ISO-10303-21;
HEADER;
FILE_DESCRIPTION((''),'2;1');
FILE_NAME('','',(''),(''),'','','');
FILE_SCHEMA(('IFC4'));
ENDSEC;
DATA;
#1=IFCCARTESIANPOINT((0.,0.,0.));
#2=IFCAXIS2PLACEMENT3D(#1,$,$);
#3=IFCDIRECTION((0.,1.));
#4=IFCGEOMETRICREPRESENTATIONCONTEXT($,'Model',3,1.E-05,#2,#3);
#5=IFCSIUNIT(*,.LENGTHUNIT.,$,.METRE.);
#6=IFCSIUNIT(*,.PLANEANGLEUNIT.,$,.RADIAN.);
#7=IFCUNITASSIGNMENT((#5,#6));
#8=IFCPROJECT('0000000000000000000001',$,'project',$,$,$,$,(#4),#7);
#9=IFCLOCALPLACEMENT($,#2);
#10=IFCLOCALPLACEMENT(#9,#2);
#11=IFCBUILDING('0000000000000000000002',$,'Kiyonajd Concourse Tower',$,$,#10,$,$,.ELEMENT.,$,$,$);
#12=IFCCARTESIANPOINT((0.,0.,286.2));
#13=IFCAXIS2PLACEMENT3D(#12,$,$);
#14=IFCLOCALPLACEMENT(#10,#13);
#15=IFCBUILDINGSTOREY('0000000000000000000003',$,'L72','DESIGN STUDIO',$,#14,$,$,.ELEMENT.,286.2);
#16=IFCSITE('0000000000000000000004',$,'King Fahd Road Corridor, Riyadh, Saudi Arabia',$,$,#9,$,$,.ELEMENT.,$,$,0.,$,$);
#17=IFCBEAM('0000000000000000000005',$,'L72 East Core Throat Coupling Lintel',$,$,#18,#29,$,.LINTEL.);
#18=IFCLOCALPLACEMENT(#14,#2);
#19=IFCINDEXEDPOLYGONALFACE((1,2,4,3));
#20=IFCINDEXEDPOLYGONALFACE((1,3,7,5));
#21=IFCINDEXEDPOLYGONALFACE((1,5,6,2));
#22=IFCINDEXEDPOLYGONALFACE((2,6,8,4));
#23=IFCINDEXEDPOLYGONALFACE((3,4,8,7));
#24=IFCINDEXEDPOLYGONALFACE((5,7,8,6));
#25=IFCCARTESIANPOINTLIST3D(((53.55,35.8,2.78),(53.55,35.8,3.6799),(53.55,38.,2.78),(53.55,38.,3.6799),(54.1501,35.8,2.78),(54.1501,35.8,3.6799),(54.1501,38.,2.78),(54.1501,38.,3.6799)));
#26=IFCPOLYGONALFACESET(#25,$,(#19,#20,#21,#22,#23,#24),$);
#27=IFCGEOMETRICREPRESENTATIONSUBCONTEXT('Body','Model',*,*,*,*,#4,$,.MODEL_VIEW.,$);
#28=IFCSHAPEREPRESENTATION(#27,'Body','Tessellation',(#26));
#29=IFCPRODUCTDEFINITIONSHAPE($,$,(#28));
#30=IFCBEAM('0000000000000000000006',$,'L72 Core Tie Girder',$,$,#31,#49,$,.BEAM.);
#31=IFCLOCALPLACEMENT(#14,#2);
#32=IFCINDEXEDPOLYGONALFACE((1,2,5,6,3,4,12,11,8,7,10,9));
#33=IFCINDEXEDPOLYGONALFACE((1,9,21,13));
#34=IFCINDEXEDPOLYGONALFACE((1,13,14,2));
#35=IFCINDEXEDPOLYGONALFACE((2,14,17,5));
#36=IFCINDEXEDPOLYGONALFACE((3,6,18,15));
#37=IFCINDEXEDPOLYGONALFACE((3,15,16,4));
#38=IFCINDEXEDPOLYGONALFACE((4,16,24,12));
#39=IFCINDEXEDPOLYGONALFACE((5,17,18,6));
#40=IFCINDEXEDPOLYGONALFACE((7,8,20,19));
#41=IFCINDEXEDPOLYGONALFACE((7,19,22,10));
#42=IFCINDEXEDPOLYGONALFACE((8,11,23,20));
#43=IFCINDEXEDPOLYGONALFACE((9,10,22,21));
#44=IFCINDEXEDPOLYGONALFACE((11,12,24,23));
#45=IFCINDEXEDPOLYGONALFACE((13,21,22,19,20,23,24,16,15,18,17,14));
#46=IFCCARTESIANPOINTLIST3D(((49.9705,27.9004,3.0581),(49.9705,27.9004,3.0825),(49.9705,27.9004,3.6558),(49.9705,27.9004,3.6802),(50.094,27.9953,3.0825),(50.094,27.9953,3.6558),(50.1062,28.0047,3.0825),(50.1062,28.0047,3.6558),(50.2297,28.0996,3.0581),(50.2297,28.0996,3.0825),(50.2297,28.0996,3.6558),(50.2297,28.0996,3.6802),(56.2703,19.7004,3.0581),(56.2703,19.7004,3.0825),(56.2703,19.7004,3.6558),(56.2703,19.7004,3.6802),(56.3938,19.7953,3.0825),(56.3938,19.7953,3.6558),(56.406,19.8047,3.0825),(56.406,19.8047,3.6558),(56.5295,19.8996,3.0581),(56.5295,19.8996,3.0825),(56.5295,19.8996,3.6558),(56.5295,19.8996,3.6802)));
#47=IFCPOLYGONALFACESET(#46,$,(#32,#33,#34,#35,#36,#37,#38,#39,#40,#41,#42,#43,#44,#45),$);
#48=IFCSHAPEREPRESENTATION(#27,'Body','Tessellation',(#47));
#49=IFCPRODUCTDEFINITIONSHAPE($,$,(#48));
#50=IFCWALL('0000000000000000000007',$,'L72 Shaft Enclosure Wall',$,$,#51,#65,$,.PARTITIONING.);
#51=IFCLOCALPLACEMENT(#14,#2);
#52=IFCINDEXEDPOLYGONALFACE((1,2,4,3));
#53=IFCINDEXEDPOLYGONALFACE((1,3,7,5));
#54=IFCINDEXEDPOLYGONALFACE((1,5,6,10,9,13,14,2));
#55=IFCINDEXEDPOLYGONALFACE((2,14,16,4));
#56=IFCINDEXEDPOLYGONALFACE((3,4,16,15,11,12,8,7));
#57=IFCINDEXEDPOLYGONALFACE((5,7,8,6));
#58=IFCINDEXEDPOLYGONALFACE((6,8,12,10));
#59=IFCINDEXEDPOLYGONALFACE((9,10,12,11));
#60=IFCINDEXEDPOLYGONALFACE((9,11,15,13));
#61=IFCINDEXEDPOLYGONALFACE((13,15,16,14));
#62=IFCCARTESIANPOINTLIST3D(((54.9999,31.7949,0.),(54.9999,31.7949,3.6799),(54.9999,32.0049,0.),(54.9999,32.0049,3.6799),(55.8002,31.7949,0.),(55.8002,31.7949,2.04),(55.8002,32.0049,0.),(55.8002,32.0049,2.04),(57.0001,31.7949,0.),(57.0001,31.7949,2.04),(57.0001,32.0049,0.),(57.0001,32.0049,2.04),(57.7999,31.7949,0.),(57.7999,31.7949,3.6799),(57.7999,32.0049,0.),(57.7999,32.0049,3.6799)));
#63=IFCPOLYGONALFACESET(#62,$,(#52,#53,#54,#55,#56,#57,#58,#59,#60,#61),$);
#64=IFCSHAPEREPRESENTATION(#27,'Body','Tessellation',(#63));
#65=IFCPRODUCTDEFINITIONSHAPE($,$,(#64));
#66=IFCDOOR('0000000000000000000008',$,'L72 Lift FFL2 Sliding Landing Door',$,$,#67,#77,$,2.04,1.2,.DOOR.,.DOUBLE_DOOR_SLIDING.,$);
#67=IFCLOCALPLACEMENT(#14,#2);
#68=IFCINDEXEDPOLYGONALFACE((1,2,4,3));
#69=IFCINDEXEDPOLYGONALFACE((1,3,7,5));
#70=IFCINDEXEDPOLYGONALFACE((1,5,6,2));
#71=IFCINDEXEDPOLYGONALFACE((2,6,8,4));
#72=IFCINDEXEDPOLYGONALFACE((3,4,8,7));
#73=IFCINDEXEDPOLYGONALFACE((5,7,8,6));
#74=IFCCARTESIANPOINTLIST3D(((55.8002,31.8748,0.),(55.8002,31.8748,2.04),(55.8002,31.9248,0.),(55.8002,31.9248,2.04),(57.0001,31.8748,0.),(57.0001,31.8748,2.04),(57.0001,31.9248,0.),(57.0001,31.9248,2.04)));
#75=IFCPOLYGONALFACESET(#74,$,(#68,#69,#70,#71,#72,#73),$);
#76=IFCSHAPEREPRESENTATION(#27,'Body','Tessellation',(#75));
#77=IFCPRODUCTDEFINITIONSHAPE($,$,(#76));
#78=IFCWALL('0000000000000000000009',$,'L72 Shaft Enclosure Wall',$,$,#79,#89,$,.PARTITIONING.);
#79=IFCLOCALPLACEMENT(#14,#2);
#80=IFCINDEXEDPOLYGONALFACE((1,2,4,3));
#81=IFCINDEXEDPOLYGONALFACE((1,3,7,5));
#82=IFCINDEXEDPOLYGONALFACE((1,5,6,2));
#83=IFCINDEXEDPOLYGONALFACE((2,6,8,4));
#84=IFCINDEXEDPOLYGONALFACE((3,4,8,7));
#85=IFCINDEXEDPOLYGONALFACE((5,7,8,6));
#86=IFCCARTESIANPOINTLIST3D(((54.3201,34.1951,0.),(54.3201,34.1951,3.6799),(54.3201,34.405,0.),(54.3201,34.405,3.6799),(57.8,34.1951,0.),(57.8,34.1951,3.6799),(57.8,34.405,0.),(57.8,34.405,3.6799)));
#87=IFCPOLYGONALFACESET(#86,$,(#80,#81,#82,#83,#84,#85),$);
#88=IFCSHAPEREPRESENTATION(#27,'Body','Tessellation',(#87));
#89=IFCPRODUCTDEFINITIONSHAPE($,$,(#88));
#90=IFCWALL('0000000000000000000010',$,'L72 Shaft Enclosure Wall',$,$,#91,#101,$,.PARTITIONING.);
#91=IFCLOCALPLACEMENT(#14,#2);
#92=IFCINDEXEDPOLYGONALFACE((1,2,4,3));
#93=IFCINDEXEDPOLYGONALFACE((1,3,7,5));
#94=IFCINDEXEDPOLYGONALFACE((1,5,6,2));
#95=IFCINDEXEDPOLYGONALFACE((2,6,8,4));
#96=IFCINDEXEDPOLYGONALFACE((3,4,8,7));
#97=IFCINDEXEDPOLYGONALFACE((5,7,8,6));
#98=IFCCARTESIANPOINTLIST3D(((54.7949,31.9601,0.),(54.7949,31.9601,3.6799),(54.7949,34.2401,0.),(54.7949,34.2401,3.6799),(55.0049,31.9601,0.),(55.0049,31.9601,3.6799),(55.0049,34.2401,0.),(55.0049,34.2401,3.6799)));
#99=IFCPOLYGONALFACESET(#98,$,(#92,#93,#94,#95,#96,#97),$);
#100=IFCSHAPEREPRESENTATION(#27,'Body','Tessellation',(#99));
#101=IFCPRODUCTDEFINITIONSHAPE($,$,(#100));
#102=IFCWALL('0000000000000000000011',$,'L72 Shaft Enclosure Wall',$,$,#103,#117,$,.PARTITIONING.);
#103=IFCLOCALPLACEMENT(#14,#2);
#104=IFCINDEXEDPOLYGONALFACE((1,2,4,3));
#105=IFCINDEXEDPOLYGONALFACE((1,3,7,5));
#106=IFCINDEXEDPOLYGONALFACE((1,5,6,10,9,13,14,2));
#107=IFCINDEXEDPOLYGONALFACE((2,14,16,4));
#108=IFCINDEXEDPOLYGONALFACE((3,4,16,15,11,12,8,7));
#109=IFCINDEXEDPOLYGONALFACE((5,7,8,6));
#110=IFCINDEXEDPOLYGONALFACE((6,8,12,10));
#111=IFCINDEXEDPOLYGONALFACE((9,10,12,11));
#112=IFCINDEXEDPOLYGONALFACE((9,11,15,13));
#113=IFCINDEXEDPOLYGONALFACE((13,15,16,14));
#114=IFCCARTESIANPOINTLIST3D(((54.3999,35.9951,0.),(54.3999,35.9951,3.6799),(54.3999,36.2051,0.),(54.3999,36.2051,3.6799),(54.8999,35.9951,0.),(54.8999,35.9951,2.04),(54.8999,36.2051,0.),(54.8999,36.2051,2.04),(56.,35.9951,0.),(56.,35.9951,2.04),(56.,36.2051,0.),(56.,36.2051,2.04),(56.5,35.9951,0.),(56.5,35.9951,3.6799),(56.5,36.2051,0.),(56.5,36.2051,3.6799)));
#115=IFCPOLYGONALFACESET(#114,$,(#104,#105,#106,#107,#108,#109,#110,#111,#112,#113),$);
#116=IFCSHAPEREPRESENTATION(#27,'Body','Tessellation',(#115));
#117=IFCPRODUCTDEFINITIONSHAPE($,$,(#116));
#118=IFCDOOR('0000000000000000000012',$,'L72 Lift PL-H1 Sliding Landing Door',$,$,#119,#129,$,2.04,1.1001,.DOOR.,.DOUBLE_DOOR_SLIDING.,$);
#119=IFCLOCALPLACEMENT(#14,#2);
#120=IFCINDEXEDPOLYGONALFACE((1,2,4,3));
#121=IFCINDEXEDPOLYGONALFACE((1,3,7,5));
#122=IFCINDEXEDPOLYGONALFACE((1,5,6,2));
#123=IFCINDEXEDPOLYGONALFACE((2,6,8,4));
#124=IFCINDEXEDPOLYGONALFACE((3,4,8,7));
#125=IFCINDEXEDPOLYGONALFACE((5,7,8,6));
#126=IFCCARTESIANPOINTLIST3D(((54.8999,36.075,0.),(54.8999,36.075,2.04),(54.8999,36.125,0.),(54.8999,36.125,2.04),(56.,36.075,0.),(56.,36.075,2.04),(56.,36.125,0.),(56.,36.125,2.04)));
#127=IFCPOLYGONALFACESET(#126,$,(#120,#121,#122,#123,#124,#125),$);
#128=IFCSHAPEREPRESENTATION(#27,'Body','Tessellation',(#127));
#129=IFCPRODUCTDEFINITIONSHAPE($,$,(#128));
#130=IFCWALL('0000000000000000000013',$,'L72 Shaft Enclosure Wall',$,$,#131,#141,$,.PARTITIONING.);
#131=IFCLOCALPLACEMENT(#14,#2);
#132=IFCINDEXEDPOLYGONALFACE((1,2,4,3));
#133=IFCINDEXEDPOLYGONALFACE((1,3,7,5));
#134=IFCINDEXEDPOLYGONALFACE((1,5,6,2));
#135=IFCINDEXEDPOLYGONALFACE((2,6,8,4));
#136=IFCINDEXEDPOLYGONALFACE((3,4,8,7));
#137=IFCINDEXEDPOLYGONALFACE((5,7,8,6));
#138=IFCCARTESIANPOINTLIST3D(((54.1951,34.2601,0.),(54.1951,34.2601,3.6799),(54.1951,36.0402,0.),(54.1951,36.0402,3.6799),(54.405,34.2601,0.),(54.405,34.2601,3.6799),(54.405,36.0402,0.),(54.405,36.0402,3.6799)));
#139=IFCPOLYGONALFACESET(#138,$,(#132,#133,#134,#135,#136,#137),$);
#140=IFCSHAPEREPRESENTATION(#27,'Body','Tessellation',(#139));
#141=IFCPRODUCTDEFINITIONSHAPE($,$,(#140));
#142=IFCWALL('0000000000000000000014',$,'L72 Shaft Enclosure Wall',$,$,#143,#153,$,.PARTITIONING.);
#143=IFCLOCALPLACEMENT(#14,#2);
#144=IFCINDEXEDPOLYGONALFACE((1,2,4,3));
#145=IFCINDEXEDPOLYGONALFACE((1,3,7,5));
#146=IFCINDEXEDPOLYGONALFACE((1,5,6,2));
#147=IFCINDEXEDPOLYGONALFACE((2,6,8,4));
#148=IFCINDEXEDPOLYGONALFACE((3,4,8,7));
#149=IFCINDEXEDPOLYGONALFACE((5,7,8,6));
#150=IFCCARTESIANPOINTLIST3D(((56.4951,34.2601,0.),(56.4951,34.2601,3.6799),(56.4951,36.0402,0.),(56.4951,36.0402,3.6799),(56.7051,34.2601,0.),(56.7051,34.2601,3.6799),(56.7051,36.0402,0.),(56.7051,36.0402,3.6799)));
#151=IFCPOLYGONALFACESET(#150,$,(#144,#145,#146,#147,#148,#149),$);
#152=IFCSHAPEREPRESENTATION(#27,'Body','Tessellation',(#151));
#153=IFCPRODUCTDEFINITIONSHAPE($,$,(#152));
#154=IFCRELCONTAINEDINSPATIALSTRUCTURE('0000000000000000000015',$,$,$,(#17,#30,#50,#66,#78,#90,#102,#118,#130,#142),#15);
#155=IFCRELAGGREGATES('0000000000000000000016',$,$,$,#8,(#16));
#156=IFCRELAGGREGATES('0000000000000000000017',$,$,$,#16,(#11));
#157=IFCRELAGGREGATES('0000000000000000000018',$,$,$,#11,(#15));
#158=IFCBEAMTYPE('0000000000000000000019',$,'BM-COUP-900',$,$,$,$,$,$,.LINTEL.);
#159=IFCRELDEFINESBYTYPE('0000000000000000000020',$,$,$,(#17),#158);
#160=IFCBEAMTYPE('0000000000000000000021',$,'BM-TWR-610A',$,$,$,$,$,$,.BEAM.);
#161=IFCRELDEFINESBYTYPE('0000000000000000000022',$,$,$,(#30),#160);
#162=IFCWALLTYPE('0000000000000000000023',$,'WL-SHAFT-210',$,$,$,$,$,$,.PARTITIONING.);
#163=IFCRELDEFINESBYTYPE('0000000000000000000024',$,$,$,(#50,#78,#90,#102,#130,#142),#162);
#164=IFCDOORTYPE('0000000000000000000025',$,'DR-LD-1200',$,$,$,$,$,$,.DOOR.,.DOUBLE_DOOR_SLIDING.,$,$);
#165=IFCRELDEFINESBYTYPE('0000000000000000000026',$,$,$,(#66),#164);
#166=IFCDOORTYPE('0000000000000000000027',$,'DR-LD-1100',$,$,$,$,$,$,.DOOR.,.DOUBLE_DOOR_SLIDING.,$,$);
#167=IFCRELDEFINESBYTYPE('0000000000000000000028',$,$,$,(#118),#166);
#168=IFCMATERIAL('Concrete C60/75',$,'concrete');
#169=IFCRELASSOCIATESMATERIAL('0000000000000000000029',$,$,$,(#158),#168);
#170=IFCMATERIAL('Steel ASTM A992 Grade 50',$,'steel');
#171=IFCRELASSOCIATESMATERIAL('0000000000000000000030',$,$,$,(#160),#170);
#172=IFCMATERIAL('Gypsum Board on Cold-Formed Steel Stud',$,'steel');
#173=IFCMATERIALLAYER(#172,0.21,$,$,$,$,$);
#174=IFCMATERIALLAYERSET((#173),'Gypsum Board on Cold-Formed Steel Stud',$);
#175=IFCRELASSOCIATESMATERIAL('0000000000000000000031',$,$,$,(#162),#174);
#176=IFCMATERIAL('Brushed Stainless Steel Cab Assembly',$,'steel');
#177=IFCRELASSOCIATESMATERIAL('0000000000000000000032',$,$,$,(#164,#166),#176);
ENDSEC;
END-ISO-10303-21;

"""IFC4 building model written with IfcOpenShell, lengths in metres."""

from ifc_helpers import new_model, si_unit, direction, frame, frame_2d, origin, origin_2d, place, context, subcontext, project, spatial, rectangle, i_section, extrude, material, layer, layer_set, material_profile, profile_set, type_object, element, fill, save


model = new_model("IFC4")

# Units and contexts
model_context = context("Model", 3, precision=1e-05, world=origin(), true_north=direction((0.0, 1.0)))
body_context = subcontext(model_context, "Body", "Model", "MODEL_VIEW")
ifc_project = project(units=[si_unit("LENGTHUNIT", "METRE"), si_unit("PLANEANGLEUNIT", "RADIAN")], contexts=[model_context])

# Site, building, storey
site_placement = place(None, origin())
site = spatial("IfcSite", under=ifc_project, at=site_placement, Name="King Fahd Road Corridor, Riyadh, Saudi Arabia", CompositionType="ELEMENT", RefElevation=0.0)
building_placement = place(site_placement, origin())
building = spatial("IfcBuilding", under=site, at=building_placement, Name="Kiyonajd Concourse Tower", CompositionType="ELEMENT")
storey_placement = place(building_placement, frame((0.0, 0.0, 286.2)))
storey = spatial("IfcBuildingStorey", under=building, at=storey_placement, Name="L72", Description="DESIGN STUDIO", CompositionType="ELEMENT", Elevation=286.2)

# Beams
ifc_material_1 = material(Name="Concrete C60/75", Category="concrete")
ifc_material_profile_1 = material_profile(ifc_material_1, rectangle(XDim=0.6001, YDim=0.8999, at=origin_2d()), Name="RCBM-600x900")
ifc_profile_set_1 = profile_set([ifc_material_profile_1], Name="Concrete C60/75")
beam_type_1 = type_object("IfcBeamType", Name="BM-COUP-900", PredefinedType="LINTEL", material=ifc_profile_set_1)
beam_1_placement = place(storey_placement, frame((53.8501, 35.8, 3.23), z_axis=(0.0, 1.0, 0.0), x_axis=(-1.0, 0.0, 0.0)))
element("IfcBeam", 1, at=beam_1_placement, inside=storey, type_object=beam_type_1, Name="L72 East Core Throat Coupling Lintel", PredefinedType="LINTEL", context=body_context, shape_type="SweptSolid", body=[
    extrude(rectangle(XDim=0.6001, YDim=0.8999, at=origin_2d()), origin(), (0.0, 0.0, 1.0), 2.2),
])
ifc_material_2 = material(Name="Steel ASTM A992 Grade 50", Category="steel")
ifc_material_profile_2 = material_profile(ifc_material_2, i_section(OverallWidth=0.3269, OverallDepth=0.6221, WebThickness=0.0154, FlangeThickness=0.0244, at=origin_2d()), Name="W610X195")
ifc_profile_set_2 = profile_set([ifc_material_profile_2], Name="Steel ASTM A992 Grade 50")
beam_type_2 = type_object("IfcBeamType", Name="BM-TWR-610A", PredefinedType="BEAM", material=ifc_profile_set_2)
beam_2_placement = place(storey_placement, frame((50.1001, 28.0, 3.3691), z_axis=(0.609234, -0.792991, 0.0), x_axis=(0.792991, 0.609234, 0.0)))
element("IfcBeam", 2, at=beam_2_placement, inside=storey, type_object=beam_type_2, Name="L72 Core Tie Girder", PredefinedType="BEAM", context=body_context, shape_type="SweptSolid", body=[
    extrude(i_section(OverallWidth=0.3269, OverallDepth=0.6221, WebThickness=0.0154, FlangeThickness=0.0244, at=origin_2d()), origin(), (0.0, 0.0, 1.0), 10.3406),
])

# Wall, opening, door
ifc_material_3 = material(Name="Gypsum Board on Cold-Formed Steel Stud", Category="steel")
ifc_layer_1 = layer(ifc_material_3, 0.21)
ifc_layer_set_1 = layer_set([ifc_layer_1], Name="Gypsum Board on Cold-Formed Steel Stud")
wall_type_1 = type_object("IfcWallType", Name="WL-SHAFT-210", PredefinedType="PARTITIONING", material=ifc_layer_set_1)
wall_1_placement = place(storey_placement, frame((55.0, 31.8999, 0.0), z_axis=(0.0, 0.0, 1.0), x_axis=(1.0, 0.0, 0.0)))
wall_1 = element("IfcWall", 3, at=wall_1_placement, inside=storey, type_object=wall_type_1, Name="L72 Shaft Enclosure Wall", PredefinedType="PARTITIONING", context=body_context, shape_type="SweptSolid", body=[
    extrude(rectangle(XDim=2.8, YDim=0.21, at=frame_2d((1.3999, 0.0))), origin(), (0.0, 0.0, 1.0), 3.6799),
])
opening_1_placement = place(wall_1_placement, frame((0.8, 0.0, 0.0)))
opening_1 = element("IfcOpeningElement", 4, at=opening_1_placement, cuts=wall_1, PredefinedType="OPENING", context=body_context, shape_type="SweptSolid", body=[
    extrude(rectangle(XDim=1.2, YDim=2.04, at=frame_2d((0.6001, 1.02))), frame((0.0, 0.115, 0.0), z_axis=(0.0, -1.0, 0.0), x_axis=(1.0, 0.0, 0.0)), (0.0, 0.0, 1.0), 0.23),
])
ifc_material_4 = material(Name="Brushed Stainless Steel Cab Assembly", Category="steel")
door_type_1 = type_object("IfcDoorType", Name="DR-LD-1200", OperationType="DOUBLE_DOOR_SLIDING", PredefinedType="DOOR", material=ifc_material_4)
door_1_placement = place(opening_1_placement, origin())
door_1 = element("IfcDoor", 5, at=door_1_placement, inside=storey, type_object=door_type_1, Name="L72 Lift FFL2 Sliding Landing Door", OperationType="DOUBLE_DOOR_SLIDING", OverallHeight=2.04, OverallWidth=1.2, PredefinedType="DOOR", context=body_context, shape_type="SweptSolid", body=[
    extrude(rectangle(XDim=1.2, YDim=2.04, at=frame_2d((0.6001, 1.02))), frame((0.0, 0.0249, 0.0), z_axis=(0.0, -1.0, 0.0), x_axis=(1.0, 0.0, 0.0)), (0.0, 0.0, 1.0), 0.05),
])
fill(opening_1, door_1)

# Walls
wall_2_placement = place(storey_placement, frame((54.3201, 34.3, 0.0), z_axis=(0.0, 0.0, 1.0), x_axis=(1.0, 0.0, 0.0)))
element("IfcWall", 6, at=wall_2_placement, inside=storey, type_object=wall_type_1, Name="L72 Shaft Enclosure Wall", PredefinedType="PARTITIONING", context=body_context, shape_type="SweptSolid", body=[
    extrude(rectangle(XDim=3.48, YDim=0.21, at=frame_2d((1.74, 0.0))), origin(), (0.0, 0.0, 1.0), 3.6799),
])
wall_3_placement = place(storey_placement, frame((54.8999, 31.96, 0.0), z_axis=(0.0, 0.0, 1.0), x_axis=(0.0, 1.0, 0.0)))
element("IfcWall", 7, at=wall_3_placement, inside=storey, type_object=wall_type_1, Name="L72 Shaft Enclosure Wall", PredefinedType="PARTITIONING", context=body_context, shape_type="SweptSolid", body=[
    extrude(rectangle(XDim=2.28, YDim=0.21, at=frame_2d((1.1401, 0.0))), origin(), (0.0, 0.0, 1.0), 3.6799),
])

# Wall, opening, door
wall_4_placement = place(storey_placement, frame((54.3999, 36.1001, 0.0), z_axis=(0.0, 0.0, 1.0), x_axis=(1.0, 0.0, 0.0)))
wall_4 = element("IfcWall", 8, at=wall_4_placement, inside=storey, type_object=wall_type_1, Name="L72 Shaft Enclosure Wall", PredefinedType="PARTITIONING", context=body_context, shape_type="SweptSolid", body=[
    extrude(rectangle(XDim=2.1001, YDim=0.21, at=frame_2d((1.05, 0.0))), origin(), (0.0, 0.0, 1.0), 3.6799),
])
opening_2_placement = place(wall_4_placement, frame((0.5, 0.0, 0.0)))
opening_2 = element("IfcOpeningElement", 9, at=opening_2_placement, cuts=wall_4, PredefinedType="OPENING", context=body_context, shape_type="SweptSolid", body=[
    extrude(rectangle(XDim=1.1001, YDim=2.04, at=frame_2d((0.55, 1.02))), frame((0.0, 0.115, 0.0), z_axis=(0.0, -1.0, 0.0), x_axis=(1.0, 0.0, 0.0)), (0.0, 0.0, 1.0), 0.23),
])
door_type_2 = type_object("IfcDoorType", Name="DR-LD-1100", OperationType="DOUBLE_DOOR_SLIDING", PredefinedType="DOOR", material=ifc_material_4)
door_2_placement = place(opening_2_placement, origin())
door_2 = element("IfcDoor", 10, at=door_2_placement, inside=storey, type_object=door_type_2, Name="L72 Lift PL-H1 Sliding Landing Door", OperationType="DOUBLE_DOOR_SLIDING", OverallHeight=2.04, OverallWidth=1.1001, PredefinedType="DOOR", context=body_context, shape_type="SweptSolid", body=[
    extrude(rectangle(XDim=1.1001, YDim=2.04, at=frame_2d((0.55, 1.02))), frame((0.0, 0.0249, 0.0), z_axis=(0.0, -1.0, 0.0), x_axis=(1.0, 0.0, 0.0)), (0.0, 0.0, 1.0), 0.05),
])
fill(opening_2, door_2)

# Walls
for number, where, z_axis, x_axis, name in (
    (11, (54.3, 34.26, 0.0), (0.0, 0.0, 1.0), (0.0, 1.0, 0.0), "L72 Shaft Enclosure Wall"),
    (12, (56.6001, 34.26, 0.0), (0.0, 0.0, 1.0), (0.0, 1.0, 0.0), "L72 Shaft Enclosure Wall"),
):
    element("IfcWall", number, at=place(storey_placement, frame(where, z_axis=z_axis, x_axis=x_axis)), inside=storey, type_object=wall_type_1, Name=name, PredefinedType="PARTITIONING", context=body_context, shape_type="SweptSolid", body=[
        extrude(rectangle(XDim=1.78, YDim=0.21, at=frame_2d((0.8901, 0.0))), origin(), (0.0, 0.0, 1.0), 3.6799),
    ])

save(model, "model.ifc")
